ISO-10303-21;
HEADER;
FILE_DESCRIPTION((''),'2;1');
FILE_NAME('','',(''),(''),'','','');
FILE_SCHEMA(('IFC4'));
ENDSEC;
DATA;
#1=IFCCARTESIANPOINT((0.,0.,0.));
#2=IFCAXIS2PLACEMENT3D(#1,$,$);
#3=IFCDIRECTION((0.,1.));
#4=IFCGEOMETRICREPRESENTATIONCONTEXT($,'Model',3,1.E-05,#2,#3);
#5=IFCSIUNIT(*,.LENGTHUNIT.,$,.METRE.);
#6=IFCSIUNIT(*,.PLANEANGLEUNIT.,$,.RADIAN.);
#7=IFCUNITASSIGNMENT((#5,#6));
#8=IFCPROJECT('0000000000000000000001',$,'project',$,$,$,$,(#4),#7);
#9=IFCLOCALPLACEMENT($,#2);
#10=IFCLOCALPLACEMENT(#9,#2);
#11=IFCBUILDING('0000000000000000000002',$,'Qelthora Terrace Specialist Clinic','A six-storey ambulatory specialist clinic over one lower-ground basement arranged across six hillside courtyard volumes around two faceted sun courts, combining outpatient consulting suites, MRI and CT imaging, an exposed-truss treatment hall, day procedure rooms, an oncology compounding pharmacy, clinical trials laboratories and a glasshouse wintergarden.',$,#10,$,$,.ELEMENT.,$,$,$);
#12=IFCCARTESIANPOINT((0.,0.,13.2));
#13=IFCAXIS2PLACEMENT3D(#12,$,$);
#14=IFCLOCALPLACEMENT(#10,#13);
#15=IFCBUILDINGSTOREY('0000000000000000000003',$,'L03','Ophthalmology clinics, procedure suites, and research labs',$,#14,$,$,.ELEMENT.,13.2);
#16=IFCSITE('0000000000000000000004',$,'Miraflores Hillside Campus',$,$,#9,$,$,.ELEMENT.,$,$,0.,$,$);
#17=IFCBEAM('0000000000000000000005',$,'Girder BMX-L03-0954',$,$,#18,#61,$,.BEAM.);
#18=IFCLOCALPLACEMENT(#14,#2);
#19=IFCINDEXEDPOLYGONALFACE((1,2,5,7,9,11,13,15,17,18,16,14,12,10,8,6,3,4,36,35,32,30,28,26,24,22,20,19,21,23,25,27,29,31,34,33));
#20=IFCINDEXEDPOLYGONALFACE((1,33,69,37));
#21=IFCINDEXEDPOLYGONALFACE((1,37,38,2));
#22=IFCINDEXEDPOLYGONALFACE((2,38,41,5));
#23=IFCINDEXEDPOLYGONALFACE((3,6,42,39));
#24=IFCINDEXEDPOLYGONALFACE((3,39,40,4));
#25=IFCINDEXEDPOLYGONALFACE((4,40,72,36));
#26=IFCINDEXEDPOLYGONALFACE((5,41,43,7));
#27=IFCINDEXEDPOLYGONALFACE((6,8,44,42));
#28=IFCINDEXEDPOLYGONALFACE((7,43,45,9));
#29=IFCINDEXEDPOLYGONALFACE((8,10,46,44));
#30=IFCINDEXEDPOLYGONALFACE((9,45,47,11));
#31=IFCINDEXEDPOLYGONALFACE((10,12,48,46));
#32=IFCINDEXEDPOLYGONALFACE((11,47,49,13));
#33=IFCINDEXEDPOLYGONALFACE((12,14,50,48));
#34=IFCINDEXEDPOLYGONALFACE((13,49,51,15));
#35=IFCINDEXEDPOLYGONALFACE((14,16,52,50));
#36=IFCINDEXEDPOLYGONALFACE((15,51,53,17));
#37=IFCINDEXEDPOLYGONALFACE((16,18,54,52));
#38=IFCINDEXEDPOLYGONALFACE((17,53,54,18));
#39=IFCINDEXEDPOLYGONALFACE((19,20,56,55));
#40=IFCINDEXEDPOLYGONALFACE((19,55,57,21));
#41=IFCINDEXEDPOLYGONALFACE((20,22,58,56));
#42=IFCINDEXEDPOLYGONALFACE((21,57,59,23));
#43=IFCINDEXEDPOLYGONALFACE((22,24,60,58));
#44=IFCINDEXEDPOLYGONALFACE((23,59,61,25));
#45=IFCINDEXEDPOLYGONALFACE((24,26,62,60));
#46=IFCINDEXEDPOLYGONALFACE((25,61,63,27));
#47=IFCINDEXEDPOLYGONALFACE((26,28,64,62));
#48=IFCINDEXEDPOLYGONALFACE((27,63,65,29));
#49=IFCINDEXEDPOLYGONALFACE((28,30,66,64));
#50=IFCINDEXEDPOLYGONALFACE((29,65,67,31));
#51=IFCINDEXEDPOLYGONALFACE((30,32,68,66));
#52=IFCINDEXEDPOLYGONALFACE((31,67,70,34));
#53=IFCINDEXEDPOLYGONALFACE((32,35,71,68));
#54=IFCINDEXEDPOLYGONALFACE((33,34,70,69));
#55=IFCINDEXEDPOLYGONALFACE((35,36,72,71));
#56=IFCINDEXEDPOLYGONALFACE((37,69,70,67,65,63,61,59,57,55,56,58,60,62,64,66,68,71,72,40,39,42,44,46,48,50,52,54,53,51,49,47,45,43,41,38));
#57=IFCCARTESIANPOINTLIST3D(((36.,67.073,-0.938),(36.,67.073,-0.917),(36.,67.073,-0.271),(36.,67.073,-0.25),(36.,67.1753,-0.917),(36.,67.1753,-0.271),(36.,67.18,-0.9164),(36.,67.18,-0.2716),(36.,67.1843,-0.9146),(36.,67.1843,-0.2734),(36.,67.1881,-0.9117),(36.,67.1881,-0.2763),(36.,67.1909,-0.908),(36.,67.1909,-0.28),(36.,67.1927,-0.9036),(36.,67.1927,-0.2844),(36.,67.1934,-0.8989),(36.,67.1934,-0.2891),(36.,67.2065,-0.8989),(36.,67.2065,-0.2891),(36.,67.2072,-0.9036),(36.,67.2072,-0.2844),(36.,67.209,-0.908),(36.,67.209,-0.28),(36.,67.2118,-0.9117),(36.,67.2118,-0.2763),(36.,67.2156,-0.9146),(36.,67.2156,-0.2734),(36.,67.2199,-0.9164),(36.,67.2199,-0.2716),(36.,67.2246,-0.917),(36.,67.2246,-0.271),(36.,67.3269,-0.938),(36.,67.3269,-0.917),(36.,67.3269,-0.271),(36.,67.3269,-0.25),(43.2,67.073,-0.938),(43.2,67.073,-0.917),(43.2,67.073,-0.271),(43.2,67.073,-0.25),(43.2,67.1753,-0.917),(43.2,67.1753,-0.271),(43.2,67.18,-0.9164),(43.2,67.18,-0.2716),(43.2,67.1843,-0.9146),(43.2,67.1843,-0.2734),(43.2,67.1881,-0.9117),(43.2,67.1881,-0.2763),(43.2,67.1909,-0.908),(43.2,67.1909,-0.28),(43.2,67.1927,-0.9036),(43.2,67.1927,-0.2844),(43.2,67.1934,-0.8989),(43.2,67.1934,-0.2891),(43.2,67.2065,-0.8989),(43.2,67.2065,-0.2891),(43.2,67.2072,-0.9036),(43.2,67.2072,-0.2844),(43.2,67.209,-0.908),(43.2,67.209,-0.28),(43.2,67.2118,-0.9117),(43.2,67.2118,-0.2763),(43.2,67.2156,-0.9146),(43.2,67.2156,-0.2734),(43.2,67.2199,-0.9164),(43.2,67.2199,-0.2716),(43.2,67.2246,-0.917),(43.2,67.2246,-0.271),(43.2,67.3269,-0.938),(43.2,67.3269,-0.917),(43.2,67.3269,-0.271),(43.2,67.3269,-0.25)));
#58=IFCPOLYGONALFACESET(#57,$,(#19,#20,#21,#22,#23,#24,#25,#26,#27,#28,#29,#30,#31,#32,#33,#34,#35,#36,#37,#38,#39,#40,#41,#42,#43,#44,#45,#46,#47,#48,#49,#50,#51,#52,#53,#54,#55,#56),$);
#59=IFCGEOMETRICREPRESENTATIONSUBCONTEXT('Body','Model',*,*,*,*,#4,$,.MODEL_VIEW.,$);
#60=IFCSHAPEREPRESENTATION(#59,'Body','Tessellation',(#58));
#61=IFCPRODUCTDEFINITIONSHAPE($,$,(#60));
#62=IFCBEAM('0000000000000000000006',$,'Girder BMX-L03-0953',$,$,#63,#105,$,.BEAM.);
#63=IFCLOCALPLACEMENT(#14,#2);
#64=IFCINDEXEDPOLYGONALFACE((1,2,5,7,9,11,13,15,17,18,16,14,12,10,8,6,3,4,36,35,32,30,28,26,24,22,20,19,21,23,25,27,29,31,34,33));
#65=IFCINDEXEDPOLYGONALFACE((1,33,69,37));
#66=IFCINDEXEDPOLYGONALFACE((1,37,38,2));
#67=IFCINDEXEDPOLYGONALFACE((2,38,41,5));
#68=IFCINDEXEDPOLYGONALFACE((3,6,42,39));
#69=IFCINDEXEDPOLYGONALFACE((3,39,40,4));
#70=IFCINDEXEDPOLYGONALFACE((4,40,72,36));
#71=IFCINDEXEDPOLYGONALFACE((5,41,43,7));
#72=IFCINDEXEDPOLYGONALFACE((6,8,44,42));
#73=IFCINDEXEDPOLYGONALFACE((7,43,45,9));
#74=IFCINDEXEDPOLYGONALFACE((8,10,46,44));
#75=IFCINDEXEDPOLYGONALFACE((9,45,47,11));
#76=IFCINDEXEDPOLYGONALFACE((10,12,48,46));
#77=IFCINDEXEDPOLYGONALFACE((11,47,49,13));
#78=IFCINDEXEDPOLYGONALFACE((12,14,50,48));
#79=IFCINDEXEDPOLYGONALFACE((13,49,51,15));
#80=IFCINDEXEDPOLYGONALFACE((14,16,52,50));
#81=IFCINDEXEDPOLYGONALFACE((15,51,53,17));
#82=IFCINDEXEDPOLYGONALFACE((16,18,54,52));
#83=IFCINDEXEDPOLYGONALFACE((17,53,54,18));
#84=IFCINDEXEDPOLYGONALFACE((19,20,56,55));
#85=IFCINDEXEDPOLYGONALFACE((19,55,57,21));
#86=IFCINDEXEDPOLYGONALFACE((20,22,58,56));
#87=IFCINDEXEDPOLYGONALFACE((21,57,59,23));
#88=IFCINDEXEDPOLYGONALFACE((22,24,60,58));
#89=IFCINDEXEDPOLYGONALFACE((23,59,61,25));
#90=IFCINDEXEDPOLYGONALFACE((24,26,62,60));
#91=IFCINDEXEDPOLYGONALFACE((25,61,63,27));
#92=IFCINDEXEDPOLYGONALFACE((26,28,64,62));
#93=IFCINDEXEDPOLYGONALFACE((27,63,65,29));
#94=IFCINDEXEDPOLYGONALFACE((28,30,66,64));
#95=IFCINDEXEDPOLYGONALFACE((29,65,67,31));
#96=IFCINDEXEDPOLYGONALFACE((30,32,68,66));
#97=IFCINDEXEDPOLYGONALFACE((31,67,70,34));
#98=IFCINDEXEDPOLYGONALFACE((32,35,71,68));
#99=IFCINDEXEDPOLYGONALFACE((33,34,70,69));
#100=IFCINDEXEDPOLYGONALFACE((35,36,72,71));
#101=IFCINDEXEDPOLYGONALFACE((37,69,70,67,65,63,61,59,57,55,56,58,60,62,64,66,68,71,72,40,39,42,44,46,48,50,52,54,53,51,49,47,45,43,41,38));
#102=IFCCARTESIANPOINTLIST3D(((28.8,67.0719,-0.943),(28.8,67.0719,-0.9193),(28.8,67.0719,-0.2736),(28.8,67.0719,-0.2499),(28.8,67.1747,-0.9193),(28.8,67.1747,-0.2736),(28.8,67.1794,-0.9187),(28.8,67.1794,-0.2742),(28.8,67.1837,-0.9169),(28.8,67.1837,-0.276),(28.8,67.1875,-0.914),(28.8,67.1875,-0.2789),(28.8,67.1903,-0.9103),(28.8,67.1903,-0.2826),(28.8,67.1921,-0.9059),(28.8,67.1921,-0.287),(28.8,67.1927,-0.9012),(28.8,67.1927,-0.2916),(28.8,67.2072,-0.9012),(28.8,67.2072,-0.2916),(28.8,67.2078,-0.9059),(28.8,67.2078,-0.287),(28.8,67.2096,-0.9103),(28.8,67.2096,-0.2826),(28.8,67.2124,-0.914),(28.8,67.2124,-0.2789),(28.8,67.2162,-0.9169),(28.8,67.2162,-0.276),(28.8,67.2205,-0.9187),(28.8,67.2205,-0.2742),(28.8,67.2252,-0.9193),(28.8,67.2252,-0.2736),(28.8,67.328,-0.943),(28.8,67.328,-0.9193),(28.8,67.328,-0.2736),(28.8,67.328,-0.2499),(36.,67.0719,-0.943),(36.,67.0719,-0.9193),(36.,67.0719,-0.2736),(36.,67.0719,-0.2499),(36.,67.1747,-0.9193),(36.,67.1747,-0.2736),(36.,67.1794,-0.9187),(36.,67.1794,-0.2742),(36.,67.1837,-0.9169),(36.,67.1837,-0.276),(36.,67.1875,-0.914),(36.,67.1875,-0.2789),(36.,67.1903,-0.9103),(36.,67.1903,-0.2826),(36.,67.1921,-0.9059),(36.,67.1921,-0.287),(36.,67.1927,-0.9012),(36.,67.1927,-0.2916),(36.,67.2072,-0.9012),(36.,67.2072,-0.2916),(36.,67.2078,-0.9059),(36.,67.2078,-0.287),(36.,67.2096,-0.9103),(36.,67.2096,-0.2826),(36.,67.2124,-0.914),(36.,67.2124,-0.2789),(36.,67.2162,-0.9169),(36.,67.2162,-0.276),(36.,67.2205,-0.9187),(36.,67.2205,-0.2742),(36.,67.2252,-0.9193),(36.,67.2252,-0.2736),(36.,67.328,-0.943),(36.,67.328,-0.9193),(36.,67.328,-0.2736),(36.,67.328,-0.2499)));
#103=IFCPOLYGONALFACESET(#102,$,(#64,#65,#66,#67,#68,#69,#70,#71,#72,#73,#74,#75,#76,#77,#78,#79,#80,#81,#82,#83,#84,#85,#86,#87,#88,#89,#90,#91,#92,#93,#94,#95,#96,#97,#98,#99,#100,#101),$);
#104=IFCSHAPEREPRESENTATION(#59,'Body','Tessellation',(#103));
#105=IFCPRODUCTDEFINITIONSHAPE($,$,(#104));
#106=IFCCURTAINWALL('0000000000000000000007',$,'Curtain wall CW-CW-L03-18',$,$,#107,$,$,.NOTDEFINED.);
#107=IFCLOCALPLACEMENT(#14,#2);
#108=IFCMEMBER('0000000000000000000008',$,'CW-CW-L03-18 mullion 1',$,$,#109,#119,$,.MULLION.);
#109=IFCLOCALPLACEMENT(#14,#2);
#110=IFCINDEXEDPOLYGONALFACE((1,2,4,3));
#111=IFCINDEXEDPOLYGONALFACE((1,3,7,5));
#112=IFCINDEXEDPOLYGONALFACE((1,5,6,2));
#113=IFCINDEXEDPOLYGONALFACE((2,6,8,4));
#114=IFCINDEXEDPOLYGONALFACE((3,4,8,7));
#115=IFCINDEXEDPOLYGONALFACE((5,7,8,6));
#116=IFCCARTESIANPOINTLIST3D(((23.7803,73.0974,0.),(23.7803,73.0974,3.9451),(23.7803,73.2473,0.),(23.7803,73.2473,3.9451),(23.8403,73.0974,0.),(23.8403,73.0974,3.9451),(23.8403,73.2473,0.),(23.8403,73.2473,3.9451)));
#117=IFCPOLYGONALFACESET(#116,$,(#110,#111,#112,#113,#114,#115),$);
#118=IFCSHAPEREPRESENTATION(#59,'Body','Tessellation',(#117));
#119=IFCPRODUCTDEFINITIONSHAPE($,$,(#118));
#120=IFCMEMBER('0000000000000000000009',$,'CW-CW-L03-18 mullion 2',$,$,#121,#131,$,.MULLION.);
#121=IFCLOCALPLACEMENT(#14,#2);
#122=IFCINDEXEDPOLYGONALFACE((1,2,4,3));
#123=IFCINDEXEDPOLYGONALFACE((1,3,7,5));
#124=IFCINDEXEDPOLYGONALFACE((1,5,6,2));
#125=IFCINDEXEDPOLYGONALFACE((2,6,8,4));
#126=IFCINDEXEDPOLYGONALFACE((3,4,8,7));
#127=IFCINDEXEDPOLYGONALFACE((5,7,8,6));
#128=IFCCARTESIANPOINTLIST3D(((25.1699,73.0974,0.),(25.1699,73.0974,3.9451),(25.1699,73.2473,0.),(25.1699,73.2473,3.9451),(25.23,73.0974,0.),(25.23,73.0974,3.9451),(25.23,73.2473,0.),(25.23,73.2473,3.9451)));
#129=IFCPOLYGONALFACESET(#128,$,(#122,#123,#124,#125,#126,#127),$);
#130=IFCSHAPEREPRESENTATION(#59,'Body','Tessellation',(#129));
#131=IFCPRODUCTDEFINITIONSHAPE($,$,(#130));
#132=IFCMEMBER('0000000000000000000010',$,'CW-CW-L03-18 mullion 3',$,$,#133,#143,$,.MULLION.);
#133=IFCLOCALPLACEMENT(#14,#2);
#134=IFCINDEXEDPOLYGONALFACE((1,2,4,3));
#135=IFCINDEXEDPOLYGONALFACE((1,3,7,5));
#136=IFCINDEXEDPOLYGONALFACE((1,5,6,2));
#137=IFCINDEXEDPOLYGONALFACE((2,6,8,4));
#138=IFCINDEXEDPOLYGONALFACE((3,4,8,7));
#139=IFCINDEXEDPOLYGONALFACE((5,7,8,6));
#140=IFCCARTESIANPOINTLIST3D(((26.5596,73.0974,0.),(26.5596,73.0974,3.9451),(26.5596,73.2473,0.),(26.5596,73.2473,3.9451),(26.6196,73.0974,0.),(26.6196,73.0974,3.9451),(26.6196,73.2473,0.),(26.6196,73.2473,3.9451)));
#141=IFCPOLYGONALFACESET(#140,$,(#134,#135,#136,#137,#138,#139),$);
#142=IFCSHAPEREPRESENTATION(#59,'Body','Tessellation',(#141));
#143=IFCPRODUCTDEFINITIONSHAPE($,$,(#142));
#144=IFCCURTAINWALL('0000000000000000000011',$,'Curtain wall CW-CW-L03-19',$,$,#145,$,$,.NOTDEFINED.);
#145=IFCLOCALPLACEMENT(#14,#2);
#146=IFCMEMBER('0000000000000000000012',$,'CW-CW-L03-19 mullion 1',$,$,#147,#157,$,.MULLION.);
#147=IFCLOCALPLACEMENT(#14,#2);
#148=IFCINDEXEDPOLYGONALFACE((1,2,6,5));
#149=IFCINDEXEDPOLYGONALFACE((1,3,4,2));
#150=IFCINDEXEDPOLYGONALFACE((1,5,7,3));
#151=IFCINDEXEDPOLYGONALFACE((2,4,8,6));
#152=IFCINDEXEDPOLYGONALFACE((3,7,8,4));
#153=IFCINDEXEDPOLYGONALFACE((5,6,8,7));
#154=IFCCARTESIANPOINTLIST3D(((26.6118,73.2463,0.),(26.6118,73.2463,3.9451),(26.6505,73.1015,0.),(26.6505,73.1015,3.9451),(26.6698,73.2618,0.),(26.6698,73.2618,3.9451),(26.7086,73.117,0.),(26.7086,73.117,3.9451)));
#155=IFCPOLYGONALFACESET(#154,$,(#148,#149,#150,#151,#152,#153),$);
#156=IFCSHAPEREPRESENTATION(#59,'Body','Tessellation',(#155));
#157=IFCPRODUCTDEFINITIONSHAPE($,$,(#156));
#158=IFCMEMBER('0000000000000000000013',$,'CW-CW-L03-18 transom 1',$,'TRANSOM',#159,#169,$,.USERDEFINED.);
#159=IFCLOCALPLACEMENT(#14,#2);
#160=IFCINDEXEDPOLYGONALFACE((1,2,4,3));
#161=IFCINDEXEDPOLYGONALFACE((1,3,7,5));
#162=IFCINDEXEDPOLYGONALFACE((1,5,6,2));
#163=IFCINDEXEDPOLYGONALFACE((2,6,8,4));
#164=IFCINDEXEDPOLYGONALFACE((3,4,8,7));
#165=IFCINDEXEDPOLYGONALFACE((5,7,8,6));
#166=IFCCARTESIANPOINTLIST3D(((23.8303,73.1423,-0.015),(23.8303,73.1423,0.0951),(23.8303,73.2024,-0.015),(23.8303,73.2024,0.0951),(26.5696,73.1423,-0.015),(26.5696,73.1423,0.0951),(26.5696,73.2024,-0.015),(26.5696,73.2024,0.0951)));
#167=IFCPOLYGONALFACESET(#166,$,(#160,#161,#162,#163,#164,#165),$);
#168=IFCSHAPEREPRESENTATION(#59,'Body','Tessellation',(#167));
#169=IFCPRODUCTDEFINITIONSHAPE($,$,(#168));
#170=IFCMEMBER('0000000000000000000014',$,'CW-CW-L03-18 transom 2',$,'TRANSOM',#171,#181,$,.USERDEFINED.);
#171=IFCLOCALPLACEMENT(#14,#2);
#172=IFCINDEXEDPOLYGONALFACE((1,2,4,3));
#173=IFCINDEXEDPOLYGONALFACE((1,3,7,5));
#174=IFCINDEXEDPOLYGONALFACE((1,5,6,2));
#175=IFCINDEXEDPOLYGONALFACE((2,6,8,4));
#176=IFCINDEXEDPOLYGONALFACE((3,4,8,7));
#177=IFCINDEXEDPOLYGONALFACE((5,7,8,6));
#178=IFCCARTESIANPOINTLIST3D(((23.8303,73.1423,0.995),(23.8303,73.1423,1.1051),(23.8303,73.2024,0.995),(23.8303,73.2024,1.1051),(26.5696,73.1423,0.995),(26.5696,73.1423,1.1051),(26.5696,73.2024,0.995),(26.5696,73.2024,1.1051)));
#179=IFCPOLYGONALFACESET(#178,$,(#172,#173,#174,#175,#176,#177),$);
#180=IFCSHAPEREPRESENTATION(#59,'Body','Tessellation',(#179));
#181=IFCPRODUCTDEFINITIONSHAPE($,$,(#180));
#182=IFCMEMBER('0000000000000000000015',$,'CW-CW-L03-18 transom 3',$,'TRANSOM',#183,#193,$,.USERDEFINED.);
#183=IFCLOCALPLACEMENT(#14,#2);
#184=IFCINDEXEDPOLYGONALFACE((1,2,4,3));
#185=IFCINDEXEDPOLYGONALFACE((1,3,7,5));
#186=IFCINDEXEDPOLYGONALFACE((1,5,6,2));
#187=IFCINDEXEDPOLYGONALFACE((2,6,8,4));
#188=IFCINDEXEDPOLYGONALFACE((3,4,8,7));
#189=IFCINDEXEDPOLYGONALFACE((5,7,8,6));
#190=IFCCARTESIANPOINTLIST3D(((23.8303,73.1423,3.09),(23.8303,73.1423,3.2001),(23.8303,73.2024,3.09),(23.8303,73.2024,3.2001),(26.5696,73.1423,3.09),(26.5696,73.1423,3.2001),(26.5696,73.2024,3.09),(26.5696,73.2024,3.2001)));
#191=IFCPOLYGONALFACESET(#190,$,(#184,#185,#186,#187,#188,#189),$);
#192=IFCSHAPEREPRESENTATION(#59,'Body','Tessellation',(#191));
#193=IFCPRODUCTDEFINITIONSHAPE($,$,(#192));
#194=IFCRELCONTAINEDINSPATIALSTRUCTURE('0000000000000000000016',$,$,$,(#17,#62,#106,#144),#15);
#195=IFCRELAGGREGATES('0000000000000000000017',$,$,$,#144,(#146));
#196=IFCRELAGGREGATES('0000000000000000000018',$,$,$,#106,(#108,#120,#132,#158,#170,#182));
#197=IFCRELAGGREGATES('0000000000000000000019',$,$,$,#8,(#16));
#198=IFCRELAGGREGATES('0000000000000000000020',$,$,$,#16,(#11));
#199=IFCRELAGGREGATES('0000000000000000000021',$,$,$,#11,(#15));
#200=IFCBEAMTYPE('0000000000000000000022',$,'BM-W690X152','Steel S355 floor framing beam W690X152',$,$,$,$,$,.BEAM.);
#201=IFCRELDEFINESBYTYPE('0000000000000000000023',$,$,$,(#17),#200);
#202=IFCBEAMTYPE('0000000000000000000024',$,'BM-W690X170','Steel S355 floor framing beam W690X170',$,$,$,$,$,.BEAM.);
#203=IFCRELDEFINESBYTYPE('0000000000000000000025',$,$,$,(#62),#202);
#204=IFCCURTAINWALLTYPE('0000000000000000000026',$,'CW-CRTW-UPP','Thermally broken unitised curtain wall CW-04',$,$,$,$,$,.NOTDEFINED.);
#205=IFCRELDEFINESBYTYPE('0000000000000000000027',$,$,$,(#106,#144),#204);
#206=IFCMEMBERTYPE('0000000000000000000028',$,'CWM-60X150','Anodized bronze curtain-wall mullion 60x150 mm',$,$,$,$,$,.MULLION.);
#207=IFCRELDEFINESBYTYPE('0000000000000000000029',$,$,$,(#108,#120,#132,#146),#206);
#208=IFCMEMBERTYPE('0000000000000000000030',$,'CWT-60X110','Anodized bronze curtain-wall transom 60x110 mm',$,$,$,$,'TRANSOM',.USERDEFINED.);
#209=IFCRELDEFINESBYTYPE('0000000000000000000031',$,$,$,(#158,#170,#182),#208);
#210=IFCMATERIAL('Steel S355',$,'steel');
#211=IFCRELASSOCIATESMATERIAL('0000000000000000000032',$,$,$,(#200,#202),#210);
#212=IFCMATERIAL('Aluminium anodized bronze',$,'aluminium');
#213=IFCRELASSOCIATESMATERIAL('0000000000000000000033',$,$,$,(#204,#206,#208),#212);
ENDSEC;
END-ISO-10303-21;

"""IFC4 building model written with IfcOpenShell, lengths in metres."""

from ifc_helpers import new_model, si_unit, direction, frame, origin, origin_2d, place, context, subcontext, project, spatial, rectangle, i_section, extrude, material, material_profile, profile_set, type_object, element, aggregate, save


model = new_model("IFC4")

# Units and contexts
model_context = context("Model", 3, precision=1e-05, world=origin(), true_north=direction((0.0, 1.0)))
body_context = subcontext(model_context, "Body", "Model", "MODEL_VIEW")
ifc_project = project(units=[si_unit("LENGTHUNIT", "METRE"), si_unit("PLANEANGLEUNIT", "RADIAN")], contexts=[model_context])

# Site, building, storey
site_placement = place(None, origin())
site = spatial("IfcSite", under=ifc_project, at=site_placement, Name="Miraflores Hillside Campus", CompositionType="ELEMENT", RefElevation=0.0)
building_placement = place(site_placement, origin())
building = spatial("IfcBuilding", under=site, at=building_placement, Name="Qelthora Terrace Specialist Clinic", Description="A six-storey ambulatory specialist clinic over one lower-ground basement arranged across six hillside courtyard volumes around two faceted sun courts, combining outpatient consulting suites, MRI and CT imaging, an exposed-truss treatment hall, day procedure rooms, an oncology compounding pharmacy, clinical trials laboratories and a glasshouse wintergarden.", CompositionType="ELEMENT")
storey_placement = place(building_placement, frame((0.0, 0.0, 13.2)))
storey = spatial("IfcBuildingStorey", under=building, at=storey_placement, Name="L03", Description="Ophthalmology clinics, procedure suites, and research labs", CompositionType="ELEMENT", Elevation=13.2)

# Shared definitions
ifc_material_1 = material(Name="Steel S355", Category="steel")

# Beams
ifc_material_profile_1 = material_profile(ifc_material_1, i_section(OverallWidth=0.2539, OverallDepth=0.688, WebThickness=0.0132, FlangeThickness=0.021, FilletRadius=0.0181, at=origin_2d()), Name="W690X152")
ifc_profile_set_1 = profile_set([ifc_material_profile_1], Name="Steel S355")
beam_type_1 = type_object("IfcBeamType", Name="BM-W690X152", Description="Steel S355 floor framing beam W690X152", PredefinedType="BEAM", material=ifc_profile_set_1)
beam_1_placement = place(storey_placement, frame((36.0, 67.2, -0.594), z_axis=(1.0, 0.0, 0.0), x_axis=(0.0, 1.0, 0.0)))
element("IfcBeam", 1, at=beam_1_placement, inside=storey, type_object=beam_type_1, Name="Girder BMX-L03-0954", PredefinedType="BEAM", context=body_context, shape_type="SweptSolid", body=[
    extrude(i_section(OverallWidth=0.2539, OverallDepth=0.688, WebThickness=0.0132, FlangeThickness=0.021, FilletRadius=0.0181, at=origin_2d()), origin(), (0.0, 0.0, 1.0), 7.2),
])
ifc_material_profile_2 = material_profile(ifc_material_1, i_section(OverallWidth=0.2561, OverallDepth=0.6931, WebThickness=0.0144, FlangeThickness=0.0237, FilletRadius=0.0181, at=origin_2d()), Name="W690X170")
ifc_profile_set_2 = profile_set([ifc_material_profile_2], Name="Steel S355")
beam_type_2 = type_object("IfcBeamType", Name="BM-W690X170", Description="Steel S355 floor framing beam W690X170", PredefinedType="BEAM", material=ifc_profile_set_2)
beam_2_placement = place(storey_placement, frame((28.8, 67.2, -0.5964), z_axis=(1.0, 0.0, 0.0), x_axis=(0.0, 1.0, 0.0)))
element("IfcBeam", 2, at=beam_2_placement, inside=storey, type_object=beam_type_2, Name="Girder BMX-L03-0953", PredefinedType="BEAM", context=body_context, shape_type="SweptSolid", body=[
    extrude(i_section(OverallWidth=0.2561, OverallDepth=0.6931, WebThickness=0.0144, FlangeThickness=0.0237, FilletRadius=0.0181, at=origin_2d()), origin(), (0.0, 0.0, 1.0), 7.2),
])

# Curtain wall, members
ifc_material_2 = material(Name="Aluminium anodized bronze", Category="aluminium")
curtain_wall_type = type_object("IfcCurtainWallType", Name="CW-CRTW-UPP", Description="Thermally broken unitised curtain wall CW-04", PredefinedType="NOTDEFINED", material=ifc_material_2)
curtain_wall_1_placement = place(storey_placement, origin())
curtain_wall_1 = element("IfcCurtainWall", 3, at=curtain_wall_1_placement, inside=storey, type_object=curtain_wall_type, Name="Curtain wall CW-CW-L03-18", PredefinedType="NOTDEFINED")
ifc_material_profile_3 = material_profile(ifc_material_2, rectangle(XDim=0.0601, YDim=0.1499, at=origin_2d()), Name="CWM60X150")
ifc_profile_set_3 = profile_set([ifc_material_profile_3], Name="Aluminium anodized bronze")
member_type_1 = type_object("IfcMemberType", Name="CWM-60X150", Description="Anodized bronze curtain-wall mullion 60x150 mm", PredefinedType="MULLION", material=ifc_profile_set_3)
member_1_placement = place(storey_placement, frame((23.8103, 73.1724, 0.0), z_axis=(0.0, 0.0, 1.0), x_axis=(1.0, 0.0, 0.0)))
member_1 = element("IfcMember", 4, at=member_1_placement, type_object=member_type_1, Name="CW-CW-L03-18 mullion 1", PredefinedType="MULLION", context=body_context, shape_type="SweptSolid", body=[
    extrude(rectangle(XDim=0.0601, YDim=0.1499, at=origin_2d()), origin(), (0.0, 0.0, 1.0), 3.9451),
])
member_2_placement = place(storey_placement, frame((25.2, 73.1724, 0.0), z_axis=(0.0, 0.0, 1.0), x_axis=(1.0, 0.0, 0.0)))
member_2 = element("IfcMember", 5, at=member_2_placement, type_object=member_type_1, Name="CW-CW-L03-18 mullion 2", PredefinedType="MULLION", context=body_context, shape_type="SweptSolid", body=[
    extrude(rectangle(XDim=0.0601, YDim=0.1499, at=origin_2d()), origin(), (0.0, 0.0, 1.0), 3.9451),
])
member_3_placement = place(storey_placement, frame((26.5896, 73.1724, 0.0), z_axis=(0.0, 0.0, 1.0), x_axis=(1.0, 0.0, 0.0)))
member_3 = element("IfcMember", 6, at=member_3_placement, type_object=member_type_1, Name="CW-CW-L03-18 mullion 3", PredefinedType="MULLION", context=body_context, shape_type="SweptSolid", body=[
    extrude(rectangle(XDim=0.0601, YDim=0.1499, at=origin_2d()), origin(), (0.0, 0.0, 1.0), 3.9451),
])

# Curtain wall, member
curtain_wall_2_placement = place(storey_placement, origin())
curtain_wall_2 = element("IfcCurtainWall", 7, at=curtain_wall_2_placement, inside=storey, type_object=curtain_wall_type, Name="Curtain wall CW-CW-L03-19", PredefinedType="NOTDEFINED")
member_4_placement = place(storey_placement, frame((26.6602, 73.1816, 0.0), z_axis=(0.0, 0.0, 1.0), x_axis=(0.965925, 0.25882, 0.0)))
member_4 = element("IfcMember", 8, at=member_4_placement, type_object=member_type_1, Name="CW-CW-L03-19 mullion 1", PredefinedType="MULLION", context=body_context, shape_type="SweptSolid", body=[
    extrude(rectangle(XDim=0.0601, YDim=0.1499, at=origin_2d()), origin(), (0.0, 0.0, 1.0), 3.9451),
])
aggregate(curtain_wall_2, [member_4])

# Members
ifc_material_profile_4 = material_profile(ifc_material_2, rectangle(XDim=0.0601, YDim=0.1101, at=origin_2d()), Name="CWT60X110")
ifc_profile_set_4 = profile_set([ifc_material_profile_4], Name="Aluminium anodized bronze")
member_type_2 = type_object("IfcMemberType", Name="CWT-60X110", Description="Anodized bronze curtain-wall transom 60x110 mm", ElementType="TRANSOM", PredefinedType="USERDEFINED", material=ifc_profile_set_4)
member_5_placement = place(storey_placement, frame((23.8303, 73.1724, 0.04), z_axis=(1.0, 0.0, 0.0), x_axis=(0.0, 1.0, 0.0)))
member_5 = element("IfcMember", 9, at=member_5_placement, type_object=member_type_2, Name="CW-CW-L03-18 transom 1", ObjectType="TRANSOM", PredefinedType="USERDEFINED", context=body_context, shape_type="SweptSolid", body=[
    extrude(rectangle(XDim=0.0601, YDim=0.1101, at=origin_2d()), origin(), (0.0, 0.0, 1.0), 2.7393),
])
member_6_placement = place(storey_placement, frame((23.8303, 73.1724, 1.05), z_axis=(1.0, 0.0, 0.0), x_axis=(0.0, 1.0, 0.0)))
member_6 = element("IfcMember", 10, at=member_6_placement, type_object=member_type_2, Name="CW-CW-L03-18 transom 2", ObjectType="TRANSOM", PredefinedType="USERDEFINED", context=body_context, shape_type="SweptSolid", body=[
    extrude(rectangle(XDim=0.0601, YDim=0.1101, at=origin_2d()), origin(), (0.0, 0.0, 1.0), 2.7393),
])
member_7_placement = place(storey_placement, frame((23.8303, 73.1724, 3.145), z_axis=(1.0, 0.0, 0.0), x_axis=(0.0, 1.0, 0.0)))
member_7 = element("IfcMember", 11, at=member_7_placement, type_object=member_type_2, Name="CW-CW-L03-18 transom 3", ObjectType="TRANSOM", PredefinedType="USERDEFINED", context=body_context, shape_type="SweptSolid", body=[
    extrude(rectangle(XDim=0.0601, YDim=0.1101, at=origin_2d()), origin(), (0.0, 0.0, 1.0), 2.7393),
])

aggregate(curtain_wall_1, [member_1, member_2, member_3, member_5, member_6, member_7])

save(model, "model.ifc")
